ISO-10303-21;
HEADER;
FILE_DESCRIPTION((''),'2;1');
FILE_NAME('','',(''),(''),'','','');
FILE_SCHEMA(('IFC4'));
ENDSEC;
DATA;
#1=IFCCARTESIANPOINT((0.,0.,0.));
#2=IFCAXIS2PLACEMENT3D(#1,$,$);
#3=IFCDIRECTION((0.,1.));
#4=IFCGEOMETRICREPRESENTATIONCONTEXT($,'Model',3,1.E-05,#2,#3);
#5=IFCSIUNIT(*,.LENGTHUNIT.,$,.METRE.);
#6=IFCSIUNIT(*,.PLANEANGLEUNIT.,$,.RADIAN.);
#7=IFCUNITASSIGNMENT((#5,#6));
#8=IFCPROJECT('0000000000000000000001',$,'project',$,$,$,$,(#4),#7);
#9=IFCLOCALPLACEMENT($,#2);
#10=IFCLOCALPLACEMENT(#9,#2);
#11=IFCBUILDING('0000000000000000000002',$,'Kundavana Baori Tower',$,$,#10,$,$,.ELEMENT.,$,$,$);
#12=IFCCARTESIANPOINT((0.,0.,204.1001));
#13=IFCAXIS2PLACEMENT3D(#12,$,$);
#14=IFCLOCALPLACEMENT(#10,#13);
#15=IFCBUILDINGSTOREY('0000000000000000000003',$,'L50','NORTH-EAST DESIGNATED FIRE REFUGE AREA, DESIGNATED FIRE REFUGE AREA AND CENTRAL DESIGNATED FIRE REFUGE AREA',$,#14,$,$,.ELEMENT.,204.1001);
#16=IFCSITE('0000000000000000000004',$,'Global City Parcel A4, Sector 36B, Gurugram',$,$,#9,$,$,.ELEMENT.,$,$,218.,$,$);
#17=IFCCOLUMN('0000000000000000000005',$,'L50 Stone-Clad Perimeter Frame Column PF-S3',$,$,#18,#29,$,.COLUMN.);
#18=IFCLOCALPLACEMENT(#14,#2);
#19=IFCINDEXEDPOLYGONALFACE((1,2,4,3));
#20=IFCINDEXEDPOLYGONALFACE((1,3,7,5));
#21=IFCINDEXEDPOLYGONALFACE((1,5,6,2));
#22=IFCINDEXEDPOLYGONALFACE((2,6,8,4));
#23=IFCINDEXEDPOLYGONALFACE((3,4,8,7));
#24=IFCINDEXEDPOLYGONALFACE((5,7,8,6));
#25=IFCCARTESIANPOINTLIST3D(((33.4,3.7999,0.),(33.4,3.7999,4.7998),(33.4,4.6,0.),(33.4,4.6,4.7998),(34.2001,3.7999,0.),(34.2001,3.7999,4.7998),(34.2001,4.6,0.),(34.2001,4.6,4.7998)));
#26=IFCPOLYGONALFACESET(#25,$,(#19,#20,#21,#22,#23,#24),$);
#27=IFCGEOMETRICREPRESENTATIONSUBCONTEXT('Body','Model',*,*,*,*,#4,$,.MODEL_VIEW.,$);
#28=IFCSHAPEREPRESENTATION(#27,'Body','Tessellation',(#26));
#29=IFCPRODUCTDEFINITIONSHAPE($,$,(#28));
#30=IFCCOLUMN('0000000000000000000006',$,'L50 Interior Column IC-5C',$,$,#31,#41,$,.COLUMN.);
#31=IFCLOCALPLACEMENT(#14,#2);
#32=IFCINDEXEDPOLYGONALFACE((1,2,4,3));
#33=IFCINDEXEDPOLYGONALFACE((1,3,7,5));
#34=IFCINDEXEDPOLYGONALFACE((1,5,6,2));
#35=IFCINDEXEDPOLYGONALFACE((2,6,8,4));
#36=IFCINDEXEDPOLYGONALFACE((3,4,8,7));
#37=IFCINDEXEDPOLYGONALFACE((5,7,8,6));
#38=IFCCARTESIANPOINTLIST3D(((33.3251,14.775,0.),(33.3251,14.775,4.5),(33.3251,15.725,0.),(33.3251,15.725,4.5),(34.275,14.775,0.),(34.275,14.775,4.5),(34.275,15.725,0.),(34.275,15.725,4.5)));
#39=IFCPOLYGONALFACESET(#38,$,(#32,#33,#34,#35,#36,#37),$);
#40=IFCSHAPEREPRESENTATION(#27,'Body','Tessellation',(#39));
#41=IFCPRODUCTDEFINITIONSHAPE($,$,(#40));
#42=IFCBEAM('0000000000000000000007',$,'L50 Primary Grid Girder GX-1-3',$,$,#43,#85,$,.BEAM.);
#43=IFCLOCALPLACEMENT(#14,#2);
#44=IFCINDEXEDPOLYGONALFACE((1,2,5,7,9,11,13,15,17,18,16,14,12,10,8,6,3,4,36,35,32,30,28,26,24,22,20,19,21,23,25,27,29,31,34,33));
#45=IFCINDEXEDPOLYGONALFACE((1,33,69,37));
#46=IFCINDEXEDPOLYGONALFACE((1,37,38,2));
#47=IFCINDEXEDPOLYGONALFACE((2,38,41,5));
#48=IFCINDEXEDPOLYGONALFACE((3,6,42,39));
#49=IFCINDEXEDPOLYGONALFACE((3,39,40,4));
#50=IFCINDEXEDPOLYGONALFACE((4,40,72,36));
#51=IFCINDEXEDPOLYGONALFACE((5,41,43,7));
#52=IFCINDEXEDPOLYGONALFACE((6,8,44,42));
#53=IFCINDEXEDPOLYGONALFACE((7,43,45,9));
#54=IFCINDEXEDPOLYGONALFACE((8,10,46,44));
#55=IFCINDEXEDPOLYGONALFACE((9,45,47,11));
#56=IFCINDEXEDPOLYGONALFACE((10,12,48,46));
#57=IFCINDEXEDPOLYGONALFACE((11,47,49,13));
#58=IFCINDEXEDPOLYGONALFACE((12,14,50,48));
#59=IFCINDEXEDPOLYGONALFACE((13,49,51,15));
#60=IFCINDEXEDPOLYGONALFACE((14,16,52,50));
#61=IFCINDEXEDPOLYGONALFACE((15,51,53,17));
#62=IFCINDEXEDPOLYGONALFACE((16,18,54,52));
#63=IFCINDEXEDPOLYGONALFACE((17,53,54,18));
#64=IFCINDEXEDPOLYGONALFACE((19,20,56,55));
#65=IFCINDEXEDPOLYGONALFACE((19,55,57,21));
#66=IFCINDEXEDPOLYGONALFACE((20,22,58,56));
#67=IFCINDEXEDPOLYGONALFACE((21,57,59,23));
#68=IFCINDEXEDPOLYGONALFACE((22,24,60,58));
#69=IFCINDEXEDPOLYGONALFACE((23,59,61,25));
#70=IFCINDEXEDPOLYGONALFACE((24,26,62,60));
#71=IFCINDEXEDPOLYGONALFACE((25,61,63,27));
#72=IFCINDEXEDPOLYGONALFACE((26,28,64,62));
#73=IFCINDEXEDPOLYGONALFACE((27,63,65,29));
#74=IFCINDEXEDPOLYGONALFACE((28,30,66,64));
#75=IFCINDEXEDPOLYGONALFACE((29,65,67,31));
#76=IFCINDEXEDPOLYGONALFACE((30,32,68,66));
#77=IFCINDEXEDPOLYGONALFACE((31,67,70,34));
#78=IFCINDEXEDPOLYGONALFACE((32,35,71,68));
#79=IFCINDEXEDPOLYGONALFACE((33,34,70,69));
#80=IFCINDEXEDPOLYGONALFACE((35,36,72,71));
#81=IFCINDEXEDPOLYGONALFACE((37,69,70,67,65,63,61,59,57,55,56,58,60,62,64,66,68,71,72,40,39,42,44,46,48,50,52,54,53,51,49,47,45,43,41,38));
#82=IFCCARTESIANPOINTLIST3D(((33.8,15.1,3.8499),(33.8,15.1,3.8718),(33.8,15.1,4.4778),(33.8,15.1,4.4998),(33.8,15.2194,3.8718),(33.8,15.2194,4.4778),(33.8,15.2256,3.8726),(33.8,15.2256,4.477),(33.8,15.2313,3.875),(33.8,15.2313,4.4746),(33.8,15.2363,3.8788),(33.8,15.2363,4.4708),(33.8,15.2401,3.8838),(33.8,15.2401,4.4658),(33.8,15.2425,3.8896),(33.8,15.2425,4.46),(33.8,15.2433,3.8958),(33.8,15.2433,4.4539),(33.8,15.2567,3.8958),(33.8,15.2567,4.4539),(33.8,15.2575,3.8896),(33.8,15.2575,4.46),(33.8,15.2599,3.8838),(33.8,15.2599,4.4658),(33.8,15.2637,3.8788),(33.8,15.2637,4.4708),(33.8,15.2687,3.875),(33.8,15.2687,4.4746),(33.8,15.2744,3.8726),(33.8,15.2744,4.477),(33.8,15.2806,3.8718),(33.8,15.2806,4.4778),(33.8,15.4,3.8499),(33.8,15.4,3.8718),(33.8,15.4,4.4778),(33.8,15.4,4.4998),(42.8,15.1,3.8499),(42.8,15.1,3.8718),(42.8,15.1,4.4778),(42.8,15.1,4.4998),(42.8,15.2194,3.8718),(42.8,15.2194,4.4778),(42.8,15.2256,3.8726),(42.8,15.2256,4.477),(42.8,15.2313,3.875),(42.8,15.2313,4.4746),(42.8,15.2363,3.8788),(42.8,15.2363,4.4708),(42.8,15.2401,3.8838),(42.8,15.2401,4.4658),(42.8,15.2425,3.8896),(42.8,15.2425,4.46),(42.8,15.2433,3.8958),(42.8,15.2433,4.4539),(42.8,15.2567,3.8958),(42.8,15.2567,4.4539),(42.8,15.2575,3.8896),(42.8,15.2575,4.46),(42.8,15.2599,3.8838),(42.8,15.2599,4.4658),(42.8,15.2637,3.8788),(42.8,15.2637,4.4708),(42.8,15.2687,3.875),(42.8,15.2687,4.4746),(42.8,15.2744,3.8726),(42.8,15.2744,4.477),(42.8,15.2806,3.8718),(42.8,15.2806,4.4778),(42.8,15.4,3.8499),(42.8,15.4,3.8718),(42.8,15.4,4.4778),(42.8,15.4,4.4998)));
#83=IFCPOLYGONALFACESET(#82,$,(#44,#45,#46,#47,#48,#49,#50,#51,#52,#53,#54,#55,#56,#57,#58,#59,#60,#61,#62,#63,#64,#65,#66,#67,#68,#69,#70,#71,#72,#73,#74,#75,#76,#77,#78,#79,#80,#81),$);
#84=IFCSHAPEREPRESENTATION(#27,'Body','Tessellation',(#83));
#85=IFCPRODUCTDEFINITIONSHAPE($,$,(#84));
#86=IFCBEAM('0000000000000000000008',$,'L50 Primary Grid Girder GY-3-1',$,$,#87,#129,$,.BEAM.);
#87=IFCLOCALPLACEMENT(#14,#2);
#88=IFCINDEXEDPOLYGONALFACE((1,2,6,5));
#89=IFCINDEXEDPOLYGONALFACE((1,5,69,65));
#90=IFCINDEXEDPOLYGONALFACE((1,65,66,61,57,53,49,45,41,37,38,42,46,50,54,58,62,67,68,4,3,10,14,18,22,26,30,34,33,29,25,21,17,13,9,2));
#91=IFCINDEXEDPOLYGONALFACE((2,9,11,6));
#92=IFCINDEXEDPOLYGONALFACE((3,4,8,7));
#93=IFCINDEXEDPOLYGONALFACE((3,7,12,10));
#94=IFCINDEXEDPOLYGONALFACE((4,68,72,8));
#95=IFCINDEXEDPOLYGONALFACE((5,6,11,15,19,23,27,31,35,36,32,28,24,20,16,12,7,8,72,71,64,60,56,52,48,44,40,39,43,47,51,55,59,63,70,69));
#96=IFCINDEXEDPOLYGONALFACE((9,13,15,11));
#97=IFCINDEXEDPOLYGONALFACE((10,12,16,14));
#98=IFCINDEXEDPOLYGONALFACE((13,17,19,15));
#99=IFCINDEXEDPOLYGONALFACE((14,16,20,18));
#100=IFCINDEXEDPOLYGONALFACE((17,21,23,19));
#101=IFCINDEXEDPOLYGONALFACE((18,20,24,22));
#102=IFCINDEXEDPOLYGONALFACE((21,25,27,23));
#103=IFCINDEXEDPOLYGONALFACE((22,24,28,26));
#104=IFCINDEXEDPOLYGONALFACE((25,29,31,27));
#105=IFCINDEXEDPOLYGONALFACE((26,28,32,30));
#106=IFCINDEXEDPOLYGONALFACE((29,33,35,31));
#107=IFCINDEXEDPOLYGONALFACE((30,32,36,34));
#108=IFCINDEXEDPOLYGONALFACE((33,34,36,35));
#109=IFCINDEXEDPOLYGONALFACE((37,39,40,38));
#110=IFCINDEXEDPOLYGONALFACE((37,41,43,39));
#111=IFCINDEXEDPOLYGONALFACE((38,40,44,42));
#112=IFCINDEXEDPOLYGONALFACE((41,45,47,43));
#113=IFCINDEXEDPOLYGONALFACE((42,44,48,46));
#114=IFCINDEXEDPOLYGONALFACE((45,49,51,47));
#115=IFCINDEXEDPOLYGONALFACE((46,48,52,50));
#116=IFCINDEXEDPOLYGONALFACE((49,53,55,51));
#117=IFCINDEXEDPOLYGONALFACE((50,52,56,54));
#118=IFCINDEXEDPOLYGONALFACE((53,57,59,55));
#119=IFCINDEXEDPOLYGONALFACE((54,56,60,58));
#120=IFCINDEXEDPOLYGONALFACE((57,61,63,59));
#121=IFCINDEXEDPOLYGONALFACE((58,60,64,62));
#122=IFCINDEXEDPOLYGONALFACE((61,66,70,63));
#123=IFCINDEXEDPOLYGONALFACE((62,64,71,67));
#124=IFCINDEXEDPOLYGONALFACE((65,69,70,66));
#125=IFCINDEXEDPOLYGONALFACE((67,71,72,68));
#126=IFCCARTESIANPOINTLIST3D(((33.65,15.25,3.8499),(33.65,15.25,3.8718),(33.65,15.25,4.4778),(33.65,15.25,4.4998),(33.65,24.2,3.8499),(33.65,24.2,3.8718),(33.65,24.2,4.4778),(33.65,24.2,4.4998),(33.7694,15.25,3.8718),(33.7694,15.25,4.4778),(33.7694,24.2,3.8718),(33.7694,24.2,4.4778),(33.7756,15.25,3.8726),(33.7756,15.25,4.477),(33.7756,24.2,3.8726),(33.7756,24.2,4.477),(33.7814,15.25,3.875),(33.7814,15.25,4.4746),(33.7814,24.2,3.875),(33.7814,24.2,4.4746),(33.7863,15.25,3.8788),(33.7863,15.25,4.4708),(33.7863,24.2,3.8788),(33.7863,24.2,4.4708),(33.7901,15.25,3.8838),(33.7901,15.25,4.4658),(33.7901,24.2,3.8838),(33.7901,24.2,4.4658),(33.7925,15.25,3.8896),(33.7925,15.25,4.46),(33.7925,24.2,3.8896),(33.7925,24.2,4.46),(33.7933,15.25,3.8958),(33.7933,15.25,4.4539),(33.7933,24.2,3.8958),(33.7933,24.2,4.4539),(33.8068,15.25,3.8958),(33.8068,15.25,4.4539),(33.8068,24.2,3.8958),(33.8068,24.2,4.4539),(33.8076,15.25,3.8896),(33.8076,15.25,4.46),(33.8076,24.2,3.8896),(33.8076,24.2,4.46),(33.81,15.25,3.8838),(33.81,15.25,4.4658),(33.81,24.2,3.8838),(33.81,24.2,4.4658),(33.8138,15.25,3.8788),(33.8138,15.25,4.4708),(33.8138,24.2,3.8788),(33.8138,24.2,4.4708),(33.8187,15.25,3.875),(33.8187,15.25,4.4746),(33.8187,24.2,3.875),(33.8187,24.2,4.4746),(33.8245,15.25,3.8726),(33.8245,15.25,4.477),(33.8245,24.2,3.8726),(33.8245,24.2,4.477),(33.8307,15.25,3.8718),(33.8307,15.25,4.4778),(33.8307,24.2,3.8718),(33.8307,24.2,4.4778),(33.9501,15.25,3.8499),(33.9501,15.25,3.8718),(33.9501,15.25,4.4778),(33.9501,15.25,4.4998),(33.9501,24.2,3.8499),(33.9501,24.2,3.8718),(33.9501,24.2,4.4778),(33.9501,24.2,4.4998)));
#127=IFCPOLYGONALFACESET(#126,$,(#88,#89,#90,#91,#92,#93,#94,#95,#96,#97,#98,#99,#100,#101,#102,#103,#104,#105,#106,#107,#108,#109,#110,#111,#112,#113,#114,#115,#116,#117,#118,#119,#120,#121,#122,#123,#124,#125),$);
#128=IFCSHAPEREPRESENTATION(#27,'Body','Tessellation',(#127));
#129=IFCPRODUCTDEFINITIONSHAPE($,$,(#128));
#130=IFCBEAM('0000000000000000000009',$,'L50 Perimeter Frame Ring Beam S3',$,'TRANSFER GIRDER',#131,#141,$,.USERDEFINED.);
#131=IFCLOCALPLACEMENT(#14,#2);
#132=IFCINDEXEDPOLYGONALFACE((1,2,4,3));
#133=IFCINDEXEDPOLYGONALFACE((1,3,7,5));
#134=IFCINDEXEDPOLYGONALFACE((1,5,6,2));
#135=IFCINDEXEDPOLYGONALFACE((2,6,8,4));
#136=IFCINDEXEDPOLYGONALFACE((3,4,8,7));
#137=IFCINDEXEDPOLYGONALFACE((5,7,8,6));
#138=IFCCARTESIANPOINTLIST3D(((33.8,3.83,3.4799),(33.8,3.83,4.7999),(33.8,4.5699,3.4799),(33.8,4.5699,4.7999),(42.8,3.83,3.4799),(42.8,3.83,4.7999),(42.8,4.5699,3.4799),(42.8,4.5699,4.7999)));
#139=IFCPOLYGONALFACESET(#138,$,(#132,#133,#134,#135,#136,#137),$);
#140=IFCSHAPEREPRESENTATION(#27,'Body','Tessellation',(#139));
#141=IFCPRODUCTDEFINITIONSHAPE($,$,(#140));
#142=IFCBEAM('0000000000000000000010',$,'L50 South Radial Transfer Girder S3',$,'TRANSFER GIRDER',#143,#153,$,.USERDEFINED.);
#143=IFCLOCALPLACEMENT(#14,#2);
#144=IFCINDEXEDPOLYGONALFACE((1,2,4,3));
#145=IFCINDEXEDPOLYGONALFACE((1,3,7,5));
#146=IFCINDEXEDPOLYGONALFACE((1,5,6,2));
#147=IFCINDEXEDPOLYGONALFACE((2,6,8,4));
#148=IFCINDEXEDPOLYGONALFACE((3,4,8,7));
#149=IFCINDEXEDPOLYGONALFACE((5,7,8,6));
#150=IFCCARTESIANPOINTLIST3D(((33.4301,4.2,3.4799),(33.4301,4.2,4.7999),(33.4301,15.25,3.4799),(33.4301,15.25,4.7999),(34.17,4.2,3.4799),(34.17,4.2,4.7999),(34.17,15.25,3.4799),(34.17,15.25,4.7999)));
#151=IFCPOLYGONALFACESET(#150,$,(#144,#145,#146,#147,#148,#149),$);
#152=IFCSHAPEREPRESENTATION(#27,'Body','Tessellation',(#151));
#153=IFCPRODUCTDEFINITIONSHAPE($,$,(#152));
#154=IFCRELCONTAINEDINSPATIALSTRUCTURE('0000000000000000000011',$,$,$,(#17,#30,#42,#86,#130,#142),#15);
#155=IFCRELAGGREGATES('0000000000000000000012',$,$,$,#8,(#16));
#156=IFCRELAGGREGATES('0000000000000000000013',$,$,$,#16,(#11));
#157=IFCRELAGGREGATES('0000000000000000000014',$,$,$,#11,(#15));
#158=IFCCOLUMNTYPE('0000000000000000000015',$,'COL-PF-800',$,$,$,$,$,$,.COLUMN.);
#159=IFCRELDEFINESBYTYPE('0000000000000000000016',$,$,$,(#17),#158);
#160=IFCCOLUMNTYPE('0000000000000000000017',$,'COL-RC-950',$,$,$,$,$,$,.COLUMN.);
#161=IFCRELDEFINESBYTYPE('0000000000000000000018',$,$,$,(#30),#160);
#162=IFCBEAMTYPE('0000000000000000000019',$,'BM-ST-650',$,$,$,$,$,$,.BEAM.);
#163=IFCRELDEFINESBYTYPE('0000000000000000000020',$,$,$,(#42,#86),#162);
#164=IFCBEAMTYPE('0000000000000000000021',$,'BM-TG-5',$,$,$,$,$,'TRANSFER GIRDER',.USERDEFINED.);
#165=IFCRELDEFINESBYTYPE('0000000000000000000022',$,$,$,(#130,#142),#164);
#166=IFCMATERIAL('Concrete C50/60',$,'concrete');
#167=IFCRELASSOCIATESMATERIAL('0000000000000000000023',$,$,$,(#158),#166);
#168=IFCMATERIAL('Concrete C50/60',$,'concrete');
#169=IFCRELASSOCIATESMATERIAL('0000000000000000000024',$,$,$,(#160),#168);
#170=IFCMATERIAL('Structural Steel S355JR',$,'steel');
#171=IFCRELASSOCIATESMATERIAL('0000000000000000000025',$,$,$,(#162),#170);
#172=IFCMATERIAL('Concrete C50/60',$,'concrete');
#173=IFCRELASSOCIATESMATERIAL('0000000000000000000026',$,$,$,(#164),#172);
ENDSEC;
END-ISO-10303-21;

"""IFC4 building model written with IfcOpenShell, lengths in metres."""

from ifc_helpers import new_model, si_unit, direction, frame, origin, origin_2d, place, context, subcontext, project, spatial, rectangle, i_section, extrude, material, material_profile, profile_set, type_object, element, save


model = new_model("IFC4")

# Units and contexts
model_context = context("Model", 3, precision=1e-05, world=origin(), true_north=direction((0.0, 1.0)))
body_context = subcontext(model_context, "Body", "Model", "MODEL_VIEW")
ifc_project = project(units=[si_unit("LENGTHUNIT", "METRE"), si_unit("PLANEANGLEUNIT", "RADIAN")], contexts=[model_context])

# Site, building, storey
site_placement = place(None, origin())
site = spatial("IfcSite", under=ifc_project, at=site_placement, Name="Global City Parcel A4, Sector 36B, Gurugram", CompositionType="ELEMENT", RefElevation=218.0)
building_placement = place(site_placement, origin())
building = spatial("IfcBuilding", under=site, at=building_placement, Name="Kundavana Baori Tower", CompositionType="ELEMENT")
storey_placement = place(building_placement, frame((0.0, 0.0, 204.1001)))
storey = spatial("IfcBuildingStorey", under=building, at=storey_placement, Name="L50", Description="NORTH-EAST DESIGNATED FIRE REFUGE AREA, DESIGNATED FIRE REFUGE AREA AND CENTRAL DESIGNATED FIRE REFUGE AREA", CompositionType="ELEMENT", Elevation=204.1001)

# Columns
ifc_material_1 = material(Name="Concrete C50/60", Category="concrete")
ifc_material_profile_1 = material_profile(ifc_material_1, rectangle(XDim=0.8, YDim=0.8, at=origin_2d()), Name="RC PF 800x800")
ifc_profile_set_1 = profile_set([ifc_material_profile_1], Name="Concrete C50/60")
column_type_1 = type_object("IfcColumnType", Name="COL-PF-800", PredefinedType="COLUMN", material=ifc_profile_set_1)
column_1_placement = place(storey_placement, frame((33.8, 4.2, 0.0), z_axis=(0.0, 0.0, 1.0), x_axis=(1.0, 0.0, 0.0)))
element("IfcColumn", 1, at=column_1_placement, inside=storey, type_object=column_type_1, Name="L50 Stone-Clad Perimeter Frame Column PF-S3", PredefinedType="COLUMN", context=body_context, shape_type="SweptSolid", body=[
    extrude(rectangle(XDim=0.8, YDim=0.8, at=origin_2d()), origin(), (0.0, 0.0, 1.0), 4.7998),
])
ifc_material_2 = material(Name="Concrete C50/60", Category="concrete")
ifc_material_profile_2 = material_profile(ifc_material_2, rectangle(XDim=0.95, YDim=0.95, at=origin_2d()), Name="RC 950x950")
ifc_profile_set_2 = profile_set([ifc_material_profile_2], Name="Concrete C50/60")
column_type_2 = type_object("IfcColumnType", Name="COL-RC-950", PredefinedType="COLUMN", material=ifc_profile_set_2)
column_2_placement = place(storey_placement, frame((33.8, 15.25, 0.0), z_axis=(0.0, 0.0, 1.0), x_axis=(1.0, 0.0, 0.0)))
element("IfcColumn", 2, at=column_2_placement, inside=storey, type_object=column_type_2, Name="L50 Interior Column IC-5C", PredefinedType="COLUMN", context=body_context, shape_type="SweptSolid", body=[
    extrude(rectangle(XDim=0.95, YDim=0.95, at=origin_2d()), origin(), (0.0, 0.0, 1.0), 4.5),
])

# Beams
ifc_material_3 = material(Name="Structural Steel S355JR", Category="steel")
ifc_material_profile_3 = material_profile(ifc_material_3, i_section(OverallWidth=0.3, OverallDepth=0.6499, WebThickness=0.0134, FlangeThickness=0.022, FilletRadius=0.0239, at=origin_2d()), Name="NPB 650x300x155")
ifc_profile_set_3 = profile_set([ifc_material_profile_3], Name="Structural Steel S355JR")
beam_type_1 = type_object("IfcBeamType", Name="BM-ST-650", PredefinedType="BEAM", material=ifc_profile_set_3)
beam_1_placement = place(storey_placement, frame((33.8, 15.25, 4.1748), z_axis=(1.0, 0.0, 0.0), x_axis=(0.0, 1.0, 0.0)))
element("IfcBeam", 3, at=beam_1_placement, inside=storey, type_object=beam_type_1, Name="L50 Primary Grid Girder GX-1-3", PredefinedType="BEAM", context=body_context, shape_type="SweptSolid", body=[
    extrude(i_section(OverallWidth=0.3, OverallDepth=0.6499, WebThickness=0.0134, FlangeThickness=0.022, FilletRadius=0.0239, at=origin_2d()), origin(), (0.0, 0.0, 1.0), 9.0),
])
beam_2_placement = place(storey_placement, frame((33.8, 15.25, 4.1748), z_axis=(0.0, 1.0, 0.0), x_axis=(-1.0, 0.0, 0.0)))
element("IfcBeam", 4, at=beam_2_placement, inside=storey, type_object=beam_type_1, Name="L50 Primary Grid Girder GY-3-1", PredefinedType="BEAM", context=body_context, shape_type="SweptSolid", body=[
    extrude(i_section(OverallWidth=0.3, OverallDepth=0.6499, WebThickness=0.0134, FlangeThickness=0.022, FilletRadius=0.0239, at=origin_2d()), origin(), (0.0, 0.0, 1.0), 8.95),
])
ifc_material_4 = material(Name="Concrete C50/60", Category="concrete")
ifc_material_profile_4 = material_profile(ifc_material_4, rectangle(XDim=0.74, YDim=1.3201, at=origin_2d()), Name="BM-TG-5")
ifc_profile_set_4 = profile_set([ifc_material_profile_4], Name="Concrete C50/60")
beam_type_2 = type_object("IfcBeamType", Name="BM-TG-5", ElementType="TRANSFER GIRDER", PredefinedType="USERDEFINED", material=ifc_profile_set_4)
beam_3_placement = place(storey_placement, frame((33.8, 4.2, 4.1399), z_axis=(1.0, 0.0, 0.0), x_axis=(0.0, 1.0, 0.0)))
element("IfcBeam", 5, at=beam_3_placement, inside=storey, type_object=beam_type_2, Name="L50 Perimeter Frame Ring Beam S3", ObjectType="TRANSFER GIRDER", PredefinedType="USERDEFINED", context=body_context, shape_type="SweptSolid", body=[
    extrude(rectangle(XDim=0.74, YDim=1.3201, at=origin_2d()), origin(), (0.0, 0.0, 1.0), 9.0),
])
beam_4_placement = place(storey_placement, frame((33.8, 15.25, 4.1399), z_axis=(0.0, -1.0, 0.0), x_axis=(1.0, 0.0, 0.0)))
element("IfcBeam", 6, at=beam_4_placement, inside=storey, type_object=beam_type_2, Name="L50 South Radial Transfer Girder S3", ObjectType="TRANSFER GIRDER", PredefinedType="USERDEFINED", context=body_context, shape_type="SweptSolid", body=[
    extrude(rectangle(XDim=0.74, YDim=1.3201, at=origin_2d()), origin(), (0.0, 0.0, 1.0), 11.05),
])

save(model, "model.ifc")
